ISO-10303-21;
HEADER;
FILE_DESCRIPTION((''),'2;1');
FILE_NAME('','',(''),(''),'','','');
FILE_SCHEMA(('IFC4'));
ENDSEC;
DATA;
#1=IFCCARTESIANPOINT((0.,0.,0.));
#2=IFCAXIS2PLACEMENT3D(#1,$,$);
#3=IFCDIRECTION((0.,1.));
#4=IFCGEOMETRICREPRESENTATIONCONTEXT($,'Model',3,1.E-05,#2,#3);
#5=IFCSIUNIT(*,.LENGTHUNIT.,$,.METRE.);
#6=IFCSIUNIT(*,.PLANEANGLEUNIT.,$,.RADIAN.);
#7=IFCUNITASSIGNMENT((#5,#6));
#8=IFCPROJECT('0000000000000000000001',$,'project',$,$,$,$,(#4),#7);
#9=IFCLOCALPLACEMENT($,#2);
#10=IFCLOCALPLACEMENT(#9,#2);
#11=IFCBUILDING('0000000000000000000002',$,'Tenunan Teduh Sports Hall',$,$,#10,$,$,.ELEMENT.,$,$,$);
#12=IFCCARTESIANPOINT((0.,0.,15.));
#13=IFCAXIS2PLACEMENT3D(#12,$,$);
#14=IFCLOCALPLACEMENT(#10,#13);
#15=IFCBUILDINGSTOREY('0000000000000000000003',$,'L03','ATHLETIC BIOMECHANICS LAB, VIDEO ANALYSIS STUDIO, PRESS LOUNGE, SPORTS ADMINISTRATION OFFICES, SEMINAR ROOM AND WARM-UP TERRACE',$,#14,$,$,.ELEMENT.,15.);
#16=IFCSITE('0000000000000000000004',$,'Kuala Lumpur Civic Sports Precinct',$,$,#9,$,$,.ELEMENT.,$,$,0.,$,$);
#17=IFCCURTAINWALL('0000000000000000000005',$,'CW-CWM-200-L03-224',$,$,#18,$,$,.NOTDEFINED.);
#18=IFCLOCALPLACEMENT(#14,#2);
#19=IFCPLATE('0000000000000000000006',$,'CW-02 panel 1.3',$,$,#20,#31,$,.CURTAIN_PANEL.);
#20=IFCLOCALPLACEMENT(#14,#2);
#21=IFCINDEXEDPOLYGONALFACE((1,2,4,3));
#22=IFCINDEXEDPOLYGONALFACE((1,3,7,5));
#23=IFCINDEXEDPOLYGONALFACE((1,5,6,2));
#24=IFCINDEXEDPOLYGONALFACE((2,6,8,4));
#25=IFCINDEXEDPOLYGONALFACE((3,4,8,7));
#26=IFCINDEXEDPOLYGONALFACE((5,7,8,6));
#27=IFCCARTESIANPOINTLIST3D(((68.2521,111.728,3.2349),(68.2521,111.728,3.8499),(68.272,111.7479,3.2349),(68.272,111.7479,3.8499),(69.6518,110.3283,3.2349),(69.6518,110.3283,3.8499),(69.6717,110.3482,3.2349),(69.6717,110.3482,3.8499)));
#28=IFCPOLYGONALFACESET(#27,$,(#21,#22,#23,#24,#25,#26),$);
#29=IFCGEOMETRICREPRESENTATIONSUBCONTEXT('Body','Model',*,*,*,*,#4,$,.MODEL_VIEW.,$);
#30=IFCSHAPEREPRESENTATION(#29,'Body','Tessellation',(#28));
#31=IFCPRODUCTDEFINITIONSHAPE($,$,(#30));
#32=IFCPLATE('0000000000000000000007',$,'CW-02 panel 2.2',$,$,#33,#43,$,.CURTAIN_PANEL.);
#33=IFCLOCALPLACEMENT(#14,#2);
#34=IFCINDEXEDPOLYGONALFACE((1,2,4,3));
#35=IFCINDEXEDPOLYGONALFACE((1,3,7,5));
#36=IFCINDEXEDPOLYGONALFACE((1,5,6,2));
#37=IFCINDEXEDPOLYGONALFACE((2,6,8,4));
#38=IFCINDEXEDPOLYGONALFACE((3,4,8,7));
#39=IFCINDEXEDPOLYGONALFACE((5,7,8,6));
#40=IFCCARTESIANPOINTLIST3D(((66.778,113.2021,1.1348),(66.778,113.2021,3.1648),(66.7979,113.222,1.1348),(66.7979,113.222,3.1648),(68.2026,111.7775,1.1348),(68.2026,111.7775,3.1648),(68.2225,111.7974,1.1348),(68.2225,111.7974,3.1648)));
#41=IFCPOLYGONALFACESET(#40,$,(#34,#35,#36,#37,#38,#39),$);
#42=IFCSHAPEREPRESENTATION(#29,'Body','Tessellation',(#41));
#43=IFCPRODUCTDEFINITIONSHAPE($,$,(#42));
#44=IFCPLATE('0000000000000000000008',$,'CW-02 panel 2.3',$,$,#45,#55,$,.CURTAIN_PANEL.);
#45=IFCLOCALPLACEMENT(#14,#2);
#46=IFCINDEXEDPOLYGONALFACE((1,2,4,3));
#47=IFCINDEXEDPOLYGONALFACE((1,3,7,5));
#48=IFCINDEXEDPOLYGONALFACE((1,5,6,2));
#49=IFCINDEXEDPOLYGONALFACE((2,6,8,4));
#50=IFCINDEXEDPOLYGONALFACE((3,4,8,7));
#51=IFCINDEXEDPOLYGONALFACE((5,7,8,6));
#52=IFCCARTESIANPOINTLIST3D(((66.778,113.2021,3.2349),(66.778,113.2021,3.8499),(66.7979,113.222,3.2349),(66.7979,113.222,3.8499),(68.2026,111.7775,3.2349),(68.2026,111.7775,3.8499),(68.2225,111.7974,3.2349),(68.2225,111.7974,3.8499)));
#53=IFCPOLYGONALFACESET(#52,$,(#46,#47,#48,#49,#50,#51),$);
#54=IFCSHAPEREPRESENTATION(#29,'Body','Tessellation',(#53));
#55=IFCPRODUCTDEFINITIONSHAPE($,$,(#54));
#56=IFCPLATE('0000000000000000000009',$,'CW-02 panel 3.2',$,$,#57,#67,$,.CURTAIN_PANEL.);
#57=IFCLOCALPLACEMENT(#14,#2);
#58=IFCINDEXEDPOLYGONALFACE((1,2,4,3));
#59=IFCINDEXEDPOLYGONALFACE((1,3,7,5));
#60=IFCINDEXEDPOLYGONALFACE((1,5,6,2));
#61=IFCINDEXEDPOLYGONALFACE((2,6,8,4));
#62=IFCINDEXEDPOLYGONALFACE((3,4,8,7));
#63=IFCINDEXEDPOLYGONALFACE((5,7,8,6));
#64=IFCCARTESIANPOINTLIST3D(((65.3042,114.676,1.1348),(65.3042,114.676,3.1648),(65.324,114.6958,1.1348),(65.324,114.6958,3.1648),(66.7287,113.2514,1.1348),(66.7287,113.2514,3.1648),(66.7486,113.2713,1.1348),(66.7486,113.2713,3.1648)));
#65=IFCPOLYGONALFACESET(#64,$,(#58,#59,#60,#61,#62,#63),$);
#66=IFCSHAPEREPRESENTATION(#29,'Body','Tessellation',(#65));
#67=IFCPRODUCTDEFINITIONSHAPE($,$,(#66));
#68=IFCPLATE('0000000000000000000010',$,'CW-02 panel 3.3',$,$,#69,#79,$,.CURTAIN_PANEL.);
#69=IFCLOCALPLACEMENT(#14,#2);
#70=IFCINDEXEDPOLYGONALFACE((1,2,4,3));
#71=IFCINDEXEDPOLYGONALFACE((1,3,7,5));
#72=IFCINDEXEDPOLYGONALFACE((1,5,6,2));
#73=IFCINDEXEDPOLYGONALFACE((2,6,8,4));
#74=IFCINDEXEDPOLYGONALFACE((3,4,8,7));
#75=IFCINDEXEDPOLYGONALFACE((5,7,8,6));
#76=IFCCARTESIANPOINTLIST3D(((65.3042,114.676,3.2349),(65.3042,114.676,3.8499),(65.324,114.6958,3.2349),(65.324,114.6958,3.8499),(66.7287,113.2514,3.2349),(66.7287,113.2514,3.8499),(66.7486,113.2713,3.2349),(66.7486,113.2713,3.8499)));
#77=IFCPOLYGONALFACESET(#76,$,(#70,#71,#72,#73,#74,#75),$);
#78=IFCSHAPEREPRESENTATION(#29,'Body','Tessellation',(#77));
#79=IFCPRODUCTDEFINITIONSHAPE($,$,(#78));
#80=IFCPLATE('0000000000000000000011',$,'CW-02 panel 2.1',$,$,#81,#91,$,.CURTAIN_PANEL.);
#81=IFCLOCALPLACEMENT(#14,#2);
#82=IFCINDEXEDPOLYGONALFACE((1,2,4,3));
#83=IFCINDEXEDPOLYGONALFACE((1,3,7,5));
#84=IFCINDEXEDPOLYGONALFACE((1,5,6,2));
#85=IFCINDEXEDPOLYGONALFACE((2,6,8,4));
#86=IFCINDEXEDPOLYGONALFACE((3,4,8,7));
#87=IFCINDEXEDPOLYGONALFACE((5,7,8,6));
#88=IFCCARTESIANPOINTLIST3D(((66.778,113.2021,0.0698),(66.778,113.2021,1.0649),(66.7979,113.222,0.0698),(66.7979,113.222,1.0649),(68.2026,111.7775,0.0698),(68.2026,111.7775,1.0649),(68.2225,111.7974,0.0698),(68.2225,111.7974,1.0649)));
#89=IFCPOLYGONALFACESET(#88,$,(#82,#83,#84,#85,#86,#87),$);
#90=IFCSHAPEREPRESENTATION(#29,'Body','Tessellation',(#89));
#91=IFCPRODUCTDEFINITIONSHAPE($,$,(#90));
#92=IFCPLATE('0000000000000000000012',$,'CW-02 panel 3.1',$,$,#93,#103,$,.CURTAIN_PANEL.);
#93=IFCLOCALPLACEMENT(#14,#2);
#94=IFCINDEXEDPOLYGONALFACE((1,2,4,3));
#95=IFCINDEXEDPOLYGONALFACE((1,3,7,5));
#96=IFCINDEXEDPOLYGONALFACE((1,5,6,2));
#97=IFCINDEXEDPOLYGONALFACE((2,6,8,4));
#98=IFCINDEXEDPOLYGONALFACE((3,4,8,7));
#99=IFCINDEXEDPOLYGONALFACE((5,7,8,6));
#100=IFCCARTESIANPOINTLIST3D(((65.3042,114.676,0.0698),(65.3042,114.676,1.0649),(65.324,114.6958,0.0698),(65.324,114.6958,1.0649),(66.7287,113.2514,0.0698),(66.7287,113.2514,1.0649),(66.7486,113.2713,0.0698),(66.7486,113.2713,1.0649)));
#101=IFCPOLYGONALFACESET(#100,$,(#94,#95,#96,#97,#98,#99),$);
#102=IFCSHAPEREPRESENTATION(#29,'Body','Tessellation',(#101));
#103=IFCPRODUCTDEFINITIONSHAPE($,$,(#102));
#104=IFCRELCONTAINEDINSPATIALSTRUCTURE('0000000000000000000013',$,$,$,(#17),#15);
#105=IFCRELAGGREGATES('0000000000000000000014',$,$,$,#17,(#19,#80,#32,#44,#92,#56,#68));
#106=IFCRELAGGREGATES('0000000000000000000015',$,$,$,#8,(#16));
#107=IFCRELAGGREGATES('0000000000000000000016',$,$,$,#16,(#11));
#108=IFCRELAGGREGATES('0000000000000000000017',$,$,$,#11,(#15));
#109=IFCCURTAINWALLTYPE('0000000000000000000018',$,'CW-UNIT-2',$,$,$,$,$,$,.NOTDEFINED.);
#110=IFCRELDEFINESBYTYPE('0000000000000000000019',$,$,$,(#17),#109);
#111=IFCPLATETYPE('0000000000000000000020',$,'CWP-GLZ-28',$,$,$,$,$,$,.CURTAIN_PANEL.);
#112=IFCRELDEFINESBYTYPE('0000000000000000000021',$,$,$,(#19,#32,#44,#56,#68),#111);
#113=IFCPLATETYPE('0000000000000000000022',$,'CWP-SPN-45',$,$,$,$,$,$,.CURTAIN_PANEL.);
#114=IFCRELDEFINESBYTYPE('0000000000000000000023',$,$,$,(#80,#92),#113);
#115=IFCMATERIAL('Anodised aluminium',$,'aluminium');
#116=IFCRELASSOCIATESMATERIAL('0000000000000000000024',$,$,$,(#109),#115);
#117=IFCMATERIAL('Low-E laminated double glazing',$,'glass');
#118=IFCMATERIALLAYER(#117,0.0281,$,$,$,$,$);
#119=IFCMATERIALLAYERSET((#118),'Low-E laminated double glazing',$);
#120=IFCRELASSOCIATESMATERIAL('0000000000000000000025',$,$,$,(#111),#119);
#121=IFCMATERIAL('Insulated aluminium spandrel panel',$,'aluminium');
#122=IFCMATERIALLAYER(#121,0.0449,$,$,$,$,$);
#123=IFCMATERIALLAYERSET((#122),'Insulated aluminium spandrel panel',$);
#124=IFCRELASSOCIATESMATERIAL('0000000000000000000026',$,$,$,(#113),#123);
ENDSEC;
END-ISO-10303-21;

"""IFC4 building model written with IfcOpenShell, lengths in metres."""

from ifc_helpers import new_model, si_unit, direction, frame, origin, origin_2d, place, context, subcontext, project, spatial, rectangle, extrude, material, layer, layer_set, type_object, element, aggregate, save


model = new_model("IFC4")

# Units and contexts
model_context = context("Model", 3, precision=1e-05, world=origin(), true_north=direction((0.0, 1.0)))
body_context = subcontext(model_context, "Body", "Model", "MODEL_VIEW")
ifc_project = project(units=[si_unit("LENGTHUNIT", "METRE"), si_unit("PLANEANGLEUNIT", "RADIAN")], contexts=[model_context])

# Site, building, storey
site_placement = place(None, origin())
site = spatial("IfcSite", under=ifc_project, at=site_placement, Name="Kuala Lumpur Civic Sports Precinct", CompositionType="ELEMENT", RefElevation=0.0)
building_placement = place(site_placement, origin())
building = spatial("IfcBuilding", under=site, at=building_placement, Name="Tenunan Teduh Sports Hall", CompositionType="ELEMENT")
storey_placement = place(building_placement, frame((0.0, 0.0, 15.0)))
storey = spatial("IfcBuildingStorey", under=building, at=storey_placement, Name="L03", Description="ATHLETIC BIOMECHANICS LAB, VIDEO ANALYSIS STUDIO, PRESS LOUNGE, SPORTS ADMINISTRATION OFFICES, SEMINAR ROOM AND WARM-UP TERRACE", CompositionType="ELEMENT", Elevation=15.0)

# Curtain wall, plates
ifc_material_1 = material(Name="Anodised aluminium", Category="aluminium")
curtain_wall_type = type_object("IfcCurtainWallType", Name="CW-UNIT-2", PredefinedType="NOTDEFINED", material=ifc_material_1)
curtain_wall_placement = place(storey_placement, origin())
curtain_wall = element("IfcCurtainWall", 1, at=curtain_wall_placement, inside=storey, type_object=curtain_wall_type, Name="CW-CWM-200-L03-224", PredefinedType="NOTDEFINED")
ifc_material_2 = material(Name="Low-E laminated double glazing", Category="glass")
ifc_layer_1 = layer(ifc_material_2, 0.0281)
ifc_layer_set_1 = layer_set([ifc_layer_1], Name="Low-E laminated double glazing")
plate_type_1 = type_object("IfcPlateType", Name="CWP-GLZ-28", PredefinedType="CURTAIN_PANEL", material=ifc_layer_set_1)
plate_1_placement = place(storey_placement, frame((68.9619, 111.0381, 3.2349), z_axis=(0.0, 0.0, 1.0), x_axis=(-0.707107, 0.707107, 0.0)))
plate_1 = element("IfcPlate", 2, at=plate_1_placement, type_object=plate_type_1, Name="CW-02 panel 1.3", PredefinedType="CURTAIN_PANEL", context=body_context, shape_type="SweptSolid", body=[
    extrude(rectangle(XDim=1.9795, YDim=0.0281, at=origin_2d()), origin(), (0.0, 0.0, 1.0), 0.615),
])
plate_2_placement = place(storey_placement, frame((67.5002, 112.4998, 1.1348), z_axis=(0.0, 0.0, 1.0), x_axis=(-0.707107, 0.707107, 0.0)))
plate_2 = element("IfcPlate", 3, at=plate_2_placement, type_object=plate_type_1, Name="CW-02 panel 2.2", PredefinedType="CURTAIN_PANEL", context=body_context, shape_type="SweptSolid", body=[
    extrude(rectangle(XDim=2.0146, YDim=0.0281, at=origin_2d()), origin(), (0.0, 0.0, 1.0), 2.03),
])
plate_3_placement = place(storey_placement, frame((67.5002, 112.4998, 3.2349), z_axis=(0.0, 0.0, 1.0), x_axis=(-0.707107, 0.707107, 0.0)))
plate_3 = element("IfcPlate", 4, at=plate_3_placement, type_object=plate_type_1, Name="CW-02 panel 2.3", PredefinedType="CURTAIN_PANEL", context=body_context, shape_type="SweptSolid", body=[
    extrude(rectangle(XDim=2.0146, YDim=0.0281, at=origin_2d()), origin(), (0.0, 0.0, 1.0), 0.615),
])
plate_4_placement = place(storey_placement, frame((66.0264, 113.9736, 1.1348), z_axis=(0.0, 0.0, 1.0), x_axis=(-0.707107, 0.707107, 0.0)))
plate_4 = element("IfcPlate", 5, at=plate_4_placement, type_object=plate_type_1, Name="CW-02 panel 3.2", PredefinedType="CURTAIN_PANEL", context=body_context, shape_type="SweptSolid", body=[
    extrude(rectangle(XDim=2.0146, YDim=0.0281, at=origin_2d()), origin(), (0.0, 0.0, 1.0), 2.03),
])
plate_5_placement = place(storey_placement, frame((66.0264, 113.9736, 3.2349), z_axis=(0.0, 0.0, 1.0), x_axis=(-0.707107, 0.707107, 0.0)))
plate_5 = element("IfcPlate", 6, at=plate_5_placement, type_object=plate_type_1, Name="CW-02 panel 3.3", PredefinedType="CURTAIN_PANEL", context=body_context, shape_type="SweptSolid", body=[
    extrude(rectangle(XDim=2.0146, YDim=0.0281, at=origin_2d()), origin(), (0.0, 0.0, 1.0), 0.615),
])
ifc_material_3 = material(Name="Insulated aluminium spandrel panel", Category="aluminium")
ifc_layer_2 = layer(ifc_material_3, 0.0449)
ifc_layer_set_2 = layer_set([ifc_layer_2], Name="Insulated aluminium spandrel panel")
plate_type_2 = type_object("IfcPlateType", Name="CWP-SPN-45", PredefinedType="CURTAIN_PANEL", material=ifc_layer_set_2)
plate_6_placement = place(storey_placement, frame((67.5002, 112.4998, 0.0698), z_axis=(0.0, 0.0, 1.0), x_axis=(-0.707107, 0.707107, 0.0)))
plate_6 = element("IfcPlate", 7, at=plate_6_placement, type_object=plate_type_2, Name="CW-02 panel 2.1", PredefinedType="CURTAIN_PANEL", context=body_context, shape_type="SweptSolid", body=[
    extrude(rectangle(XDim=2.0146, YDim=0.0281, at=origin_2d()), origin(), (0.0, 0.0, 1.0), 0.9951),
])
plate_7_placement = place(storey_placement, frame((66.0264, 113.9736, 0.0698), z_axis=(0.0, 0.0, 1.0), x_axis=(-0.707107, 0.707107, 0.0)))
plate_7 = element("IfcPlate", 8, at=plate_7_placement, type_object=plate_type_2, Name="CW-02 panel 3.1", PredefinedType="CURTAIN_PANEL", context=body_context, shape_type="SweptSolid", body=[
    extrude(rectangle(XDim=2.0146, YDim=0.0281, at=origin_2d()), origin(), (0.0, 0.0, 1.0), 0.9951),
])
aggregate(curtain_wall, [plate_1, plate_6, plate_2, plate_3, plate_7, plate_4, plate_5])

save(model, "model.ifc")
